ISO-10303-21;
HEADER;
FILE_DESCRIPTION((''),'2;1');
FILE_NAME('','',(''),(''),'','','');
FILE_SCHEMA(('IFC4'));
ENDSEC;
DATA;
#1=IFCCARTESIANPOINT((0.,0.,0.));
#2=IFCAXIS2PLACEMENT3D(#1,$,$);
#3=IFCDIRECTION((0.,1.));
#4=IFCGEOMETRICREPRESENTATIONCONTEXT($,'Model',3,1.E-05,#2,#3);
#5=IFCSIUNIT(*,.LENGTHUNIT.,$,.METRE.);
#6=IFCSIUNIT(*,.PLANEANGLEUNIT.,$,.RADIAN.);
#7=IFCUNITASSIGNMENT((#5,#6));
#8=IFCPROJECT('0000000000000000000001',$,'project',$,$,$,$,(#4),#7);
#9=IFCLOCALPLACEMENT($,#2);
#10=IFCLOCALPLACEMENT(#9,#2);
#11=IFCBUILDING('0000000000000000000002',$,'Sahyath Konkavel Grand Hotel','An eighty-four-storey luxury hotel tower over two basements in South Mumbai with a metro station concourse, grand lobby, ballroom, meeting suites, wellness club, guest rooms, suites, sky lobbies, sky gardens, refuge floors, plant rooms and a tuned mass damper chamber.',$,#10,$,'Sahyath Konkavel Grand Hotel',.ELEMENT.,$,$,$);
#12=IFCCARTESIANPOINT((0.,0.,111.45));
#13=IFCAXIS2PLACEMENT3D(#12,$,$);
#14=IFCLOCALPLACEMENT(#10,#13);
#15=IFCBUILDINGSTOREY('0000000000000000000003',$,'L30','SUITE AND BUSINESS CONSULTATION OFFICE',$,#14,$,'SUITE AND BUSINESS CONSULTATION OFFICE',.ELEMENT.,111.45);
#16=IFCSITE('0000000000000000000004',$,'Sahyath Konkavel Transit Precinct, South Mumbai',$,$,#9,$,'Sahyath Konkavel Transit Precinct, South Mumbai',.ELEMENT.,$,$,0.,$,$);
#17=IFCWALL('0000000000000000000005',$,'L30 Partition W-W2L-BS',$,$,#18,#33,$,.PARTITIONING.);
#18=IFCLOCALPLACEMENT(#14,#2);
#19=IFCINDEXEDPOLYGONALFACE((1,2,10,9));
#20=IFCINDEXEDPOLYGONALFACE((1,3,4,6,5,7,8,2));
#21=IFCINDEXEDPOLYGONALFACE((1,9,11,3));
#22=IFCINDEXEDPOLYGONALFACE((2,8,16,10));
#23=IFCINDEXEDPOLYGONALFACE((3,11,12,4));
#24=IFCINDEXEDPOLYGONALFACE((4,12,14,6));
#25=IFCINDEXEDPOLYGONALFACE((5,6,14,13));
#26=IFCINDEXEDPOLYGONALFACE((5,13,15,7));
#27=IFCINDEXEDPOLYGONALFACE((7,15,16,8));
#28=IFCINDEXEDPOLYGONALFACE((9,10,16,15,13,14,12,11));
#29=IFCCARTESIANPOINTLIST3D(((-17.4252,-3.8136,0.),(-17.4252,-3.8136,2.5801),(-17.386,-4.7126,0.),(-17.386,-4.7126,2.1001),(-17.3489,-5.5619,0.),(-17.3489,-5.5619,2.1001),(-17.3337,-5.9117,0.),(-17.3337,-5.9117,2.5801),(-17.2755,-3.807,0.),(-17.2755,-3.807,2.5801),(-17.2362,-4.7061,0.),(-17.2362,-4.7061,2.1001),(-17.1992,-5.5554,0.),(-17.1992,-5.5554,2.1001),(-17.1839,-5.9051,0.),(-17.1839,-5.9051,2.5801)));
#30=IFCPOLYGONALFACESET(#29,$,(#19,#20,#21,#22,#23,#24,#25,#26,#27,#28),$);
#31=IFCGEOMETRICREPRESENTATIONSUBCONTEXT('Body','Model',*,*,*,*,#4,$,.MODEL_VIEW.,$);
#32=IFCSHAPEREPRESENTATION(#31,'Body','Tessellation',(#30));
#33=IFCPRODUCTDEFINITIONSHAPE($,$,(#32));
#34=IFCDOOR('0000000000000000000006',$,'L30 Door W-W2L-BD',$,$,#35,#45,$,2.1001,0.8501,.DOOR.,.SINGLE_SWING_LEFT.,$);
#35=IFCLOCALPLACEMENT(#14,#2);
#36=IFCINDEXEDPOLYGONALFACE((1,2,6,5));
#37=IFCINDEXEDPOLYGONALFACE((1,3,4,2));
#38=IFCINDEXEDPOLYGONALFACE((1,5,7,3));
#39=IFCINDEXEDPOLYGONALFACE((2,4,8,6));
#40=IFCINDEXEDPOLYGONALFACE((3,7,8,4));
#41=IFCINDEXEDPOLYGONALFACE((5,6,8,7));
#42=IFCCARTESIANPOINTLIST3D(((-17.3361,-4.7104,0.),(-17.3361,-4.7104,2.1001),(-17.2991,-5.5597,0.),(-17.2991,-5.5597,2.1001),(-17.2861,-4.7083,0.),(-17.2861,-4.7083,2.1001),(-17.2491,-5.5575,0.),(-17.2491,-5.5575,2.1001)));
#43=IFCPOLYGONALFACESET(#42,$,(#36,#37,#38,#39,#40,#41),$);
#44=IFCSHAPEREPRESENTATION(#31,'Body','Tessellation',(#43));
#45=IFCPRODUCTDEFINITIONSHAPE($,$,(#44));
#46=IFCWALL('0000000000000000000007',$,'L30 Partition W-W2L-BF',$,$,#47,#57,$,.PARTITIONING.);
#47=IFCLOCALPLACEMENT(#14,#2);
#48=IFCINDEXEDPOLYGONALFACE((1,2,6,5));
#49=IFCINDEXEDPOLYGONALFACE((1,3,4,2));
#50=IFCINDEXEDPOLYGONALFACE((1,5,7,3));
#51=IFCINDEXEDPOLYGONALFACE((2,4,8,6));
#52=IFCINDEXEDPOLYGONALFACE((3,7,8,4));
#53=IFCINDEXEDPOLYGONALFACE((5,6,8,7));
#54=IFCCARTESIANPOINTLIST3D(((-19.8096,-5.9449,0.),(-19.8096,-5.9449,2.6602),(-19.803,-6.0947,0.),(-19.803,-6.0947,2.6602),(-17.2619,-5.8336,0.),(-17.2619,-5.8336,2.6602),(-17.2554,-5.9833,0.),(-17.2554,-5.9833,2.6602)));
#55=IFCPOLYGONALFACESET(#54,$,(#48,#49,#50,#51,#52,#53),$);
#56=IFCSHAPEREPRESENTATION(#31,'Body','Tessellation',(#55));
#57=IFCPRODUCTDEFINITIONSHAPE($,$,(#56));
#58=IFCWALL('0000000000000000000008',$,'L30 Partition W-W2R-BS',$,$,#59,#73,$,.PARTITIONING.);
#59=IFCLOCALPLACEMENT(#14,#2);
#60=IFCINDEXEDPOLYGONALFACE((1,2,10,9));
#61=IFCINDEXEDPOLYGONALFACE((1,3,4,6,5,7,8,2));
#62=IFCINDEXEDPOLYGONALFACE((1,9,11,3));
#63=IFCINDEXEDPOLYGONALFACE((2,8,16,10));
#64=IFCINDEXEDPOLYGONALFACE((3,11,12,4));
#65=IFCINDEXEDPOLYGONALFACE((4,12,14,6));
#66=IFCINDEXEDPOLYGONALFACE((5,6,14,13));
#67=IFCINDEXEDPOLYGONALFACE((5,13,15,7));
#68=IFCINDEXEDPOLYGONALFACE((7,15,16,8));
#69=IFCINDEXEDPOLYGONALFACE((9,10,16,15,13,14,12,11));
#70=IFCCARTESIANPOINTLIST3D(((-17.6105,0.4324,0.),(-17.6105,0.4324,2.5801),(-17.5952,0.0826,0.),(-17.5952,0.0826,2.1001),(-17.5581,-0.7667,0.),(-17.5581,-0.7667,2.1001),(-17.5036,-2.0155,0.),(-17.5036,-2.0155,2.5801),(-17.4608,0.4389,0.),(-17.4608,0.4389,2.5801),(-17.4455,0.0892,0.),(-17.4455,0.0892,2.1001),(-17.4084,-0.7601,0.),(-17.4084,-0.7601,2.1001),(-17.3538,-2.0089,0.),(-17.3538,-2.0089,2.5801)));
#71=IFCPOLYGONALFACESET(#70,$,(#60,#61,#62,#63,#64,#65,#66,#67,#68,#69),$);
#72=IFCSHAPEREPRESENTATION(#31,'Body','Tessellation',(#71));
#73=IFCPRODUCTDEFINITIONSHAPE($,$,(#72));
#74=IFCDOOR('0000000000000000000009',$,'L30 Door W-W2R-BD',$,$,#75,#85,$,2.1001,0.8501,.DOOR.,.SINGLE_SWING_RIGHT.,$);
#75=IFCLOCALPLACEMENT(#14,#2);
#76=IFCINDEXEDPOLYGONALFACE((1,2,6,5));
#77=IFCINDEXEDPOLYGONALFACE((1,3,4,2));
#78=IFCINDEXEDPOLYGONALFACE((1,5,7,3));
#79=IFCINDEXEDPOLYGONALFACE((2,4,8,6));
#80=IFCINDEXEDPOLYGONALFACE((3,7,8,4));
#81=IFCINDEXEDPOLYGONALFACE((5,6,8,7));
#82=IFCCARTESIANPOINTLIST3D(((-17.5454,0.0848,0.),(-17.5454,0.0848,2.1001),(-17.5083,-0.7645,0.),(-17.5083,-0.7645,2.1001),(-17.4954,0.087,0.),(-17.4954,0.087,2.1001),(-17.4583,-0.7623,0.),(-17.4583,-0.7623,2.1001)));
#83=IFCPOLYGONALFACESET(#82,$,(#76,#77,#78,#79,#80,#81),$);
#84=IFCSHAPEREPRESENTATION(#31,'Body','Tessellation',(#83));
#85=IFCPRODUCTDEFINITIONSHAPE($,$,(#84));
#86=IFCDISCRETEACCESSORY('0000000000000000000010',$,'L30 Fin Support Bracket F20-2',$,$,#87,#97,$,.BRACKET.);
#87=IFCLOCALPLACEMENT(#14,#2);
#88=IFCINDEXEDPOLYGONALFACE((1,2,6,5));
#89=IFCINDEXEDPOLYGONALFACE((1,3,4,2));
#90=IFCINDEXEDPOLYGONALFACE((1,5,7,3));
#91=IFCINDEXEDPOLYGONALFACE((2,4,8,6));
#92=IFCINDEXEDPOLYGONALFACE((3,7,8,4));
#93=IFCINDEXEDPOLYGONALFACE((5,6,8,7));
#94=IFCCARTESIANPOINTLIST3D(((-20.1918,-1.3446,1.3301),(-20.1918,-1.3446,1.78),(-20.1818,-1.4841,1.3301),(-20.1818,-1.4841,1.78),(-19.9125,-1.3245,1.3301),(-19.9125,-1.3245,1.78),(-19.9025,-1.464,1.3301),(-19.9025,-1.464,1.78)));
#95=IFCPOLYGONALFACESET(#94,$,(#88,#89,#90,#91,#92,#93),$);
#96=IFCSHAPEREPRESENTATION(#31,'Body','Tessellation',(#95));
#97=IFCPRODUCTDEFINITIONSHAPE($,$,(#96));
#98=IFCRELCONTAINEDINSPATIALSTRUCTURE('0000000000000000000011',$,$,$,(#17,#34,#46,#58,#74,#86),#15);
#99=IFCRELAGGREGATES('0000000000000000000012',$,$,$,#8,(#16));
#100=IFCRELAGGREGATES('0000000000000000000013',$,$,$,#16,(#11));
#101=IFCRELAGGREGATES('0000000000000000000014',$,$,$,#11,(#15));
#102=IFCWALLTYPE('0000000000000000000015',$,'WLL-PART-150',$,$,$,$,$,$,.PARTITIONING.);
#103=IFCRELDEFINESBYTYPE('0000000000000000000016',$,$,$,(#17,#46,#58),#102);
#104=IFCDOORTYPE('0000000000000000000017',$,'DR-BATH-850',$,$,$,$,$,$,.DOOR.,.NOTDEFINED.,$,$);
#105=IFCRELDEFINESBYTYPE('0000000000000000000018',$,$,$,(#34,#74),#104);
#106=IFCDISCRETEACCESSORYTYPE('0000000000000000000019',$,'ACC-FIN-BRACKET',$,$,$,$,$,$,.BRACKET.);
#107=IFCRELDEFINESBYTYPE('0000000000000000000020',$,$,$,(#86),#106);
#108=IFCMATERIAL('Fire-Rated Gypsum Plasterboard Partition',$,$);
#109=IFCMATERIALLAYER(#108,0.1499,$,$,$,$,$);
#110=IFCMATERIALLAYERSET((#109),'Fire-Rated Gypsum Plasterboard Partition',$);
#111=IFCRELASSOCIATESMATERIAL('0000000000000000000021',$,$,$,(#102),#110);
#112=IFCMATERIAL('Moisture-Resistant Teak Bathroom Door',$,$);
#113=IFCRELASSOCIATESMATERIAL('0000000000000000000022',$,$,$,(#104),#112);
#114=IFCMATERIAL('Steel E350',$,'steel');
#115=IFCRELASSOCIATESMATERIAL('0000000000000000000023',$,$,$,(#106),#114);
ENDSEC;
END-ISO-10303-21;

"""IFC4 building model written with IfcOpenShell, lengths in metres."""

from ifc_helpers import new_model, si_unit, direction, frame, frame_2d, origin, origin_2d, place, context, subcontext, project, spatial, rectangle, extrude, source, transform, mapped, material, layer, layer_set, type_object, element, fill, save


model = new_model("IFC4")

# Units and contexts
model_context = context("Model", 3, precision=1e-05, world=origin(), true_north=direction((0.0, 1.0)))
body_context = subcontext(model_context, "Body", "Model", "MODEL_VIEW")
ifc_project = project(units=[si_unit("LENGTHUNIT", "METRE"), si_unit("PLANEANGLEUNIT", "RADIAN")], contexts=[model_context])

# Site, building, storey
site_placement = place(None, origin())
site = spatial("IfcSite", under=ifc_project, at=site_placement, Name="Sahyath Konkavel Transit Precinct, South Mumbai", LongName="Sahyath Konkavel Transit Precinct, South Mumbai", CompositionType="ELEMENT", RefElevation=0.0)
building_placement = place(site_placement, origin())
building = spatial("IfcBuilding", under=site, at=building_placement, Name="Sahyath Konkavel Grand Hotel", Description="An eighty-four-storey luxury hotel tower over two basements in South Mumbai with a metro station concourse, grand lobby, ballroom, meeting suites, wellness club, guest rooms, suites, sky lobbies, sky gardens, refuge floors, plant rooms and a tuned mass damper chamber.", LongName="Sahyath Konkavel Grand Hotel", CompositionType="ELEMENT")
storey_placement = place(building_placement, frame((0.0, 0.0, 111.45)))
storey = spatial("IfcBuildingStorey", under=building, at=storey_placement, Name="L30", Description="SUITE AND BUSINESS CONSULTATION OFFICE", LongName="SUITE AND BUSINESS CONSULTATION OFFICE", CompositionType="ELEMENT", Elevation=111.45)

# Shared definitions
ifc_material_1 = material(Name="Steel E350", Category="steel")

# Wall, opening, door
ifc_material_2 = material(Name="Fire-Rated Gypsum Plasterboard Partition")
ifc_layer_1 = layer(ifc_material_2, 0.1499)
ifc_layer_set_1 = layer_set([ifc_layer_1], Name="Fire-Rated Gypsum Plasterboard Partition")
wall_type_1 = type_object("IfcWallType", Name="WLL-PART-150", PredefinedType="PARTITIONING", material=ifc_layer_set_1)
wall_1_placement = place(storey_placement, frame((-17.3503, -3.8103, 0.0), z_axis=(0.0, 0.0, 1.0), x_axis=(0.043594, -0.999049, 0.0)))
wall_1 = element("IfcWall", 1, at=wall_1_placement, inside=storey, type_object=wall_type_1, Name="L30 Partition W-W2L-BS", PredefinedType="PARTITIONING", context=body_context, shape_type="SweptSolid", body=[
    extrude(rectangle(XDim=2.1001, YDim=0.1499, at=frame_2d((1.05, 0.0))), origin(), (0.0, 0.0, 1.0), 2.5801),
])
opening_1_placement = place(wall_1_placement, frame((0.8999, 0.0, 0.0)))
opening_1 = element("IfcOpeningElement", 2, at=opening_1_placement, cuts=wall_1, PredefinedType="OPENING", context=body_context, shape_type="SweptSolid", body=[
    extrude(rectangle(XDim=0.8501, YDim=2.1001, at=frame_2d((0.425, 1.05))), frame((0.0, 0.085, 0.0), z_axis=(0.0, -1.0, 0.0), x_axis=(1.0, 0.0, 0.0)), (0.0, 0.0, 1.0), 0.1699),
])
ifc_material_3 = material(Name="Moisture-Resistant Teak Bathroom Door")
door_type = type_object("IfcDoorType", Name="DR-BATH-850", OperationType="NOTDEFINED", PredefinedType="DOOR", material=ifc_material_3)
shared_shape_1 = source(origin(), body_context, "Body", "SweptSolid", [
    extrude(rectangle(XDim=0.8501, YDim=0.05, at=origin_2d()), origin(), (0.0, 0.0, 1.0), 2.1001),
])
door_1_placement = place(opening_1_placement, frame((0.425, 0.0, 0.0)))
door_1 = element("IfcDoor", 3, at=door_1_placement, inside=storey, type_object=door_type, Name="L30 Door W-W2L-BD", OperationType="SINGLE_SWING_LEFT", OverallHeight=2.1001, OverallWidth=0.8501, PredefinedType="DOOR", context=body_context, shape_type="MappedRepresentation", body=[
    mapped(shared_shape_1, transform((0.0, 0.0, 0.0), scale=1.0)),
])
fill(opening_1, door_1)

# Wall
wall_2_placement = place(storey_placement, frame((-17.2588, -5.9084, 0.0), z_axis=(0.0, 0.0, 1.0), x_axis=(-0.999047, -0.043657, 0.0)))
element("IfcWall", 4, at=wall_2_placement, inside=storey, type_object=wall_type_1, Name="L30 Partition W-W2L-BF", PredefinedType="PARTITIONING", context=body_context, shape_type="SweptSolid", body=[
    extrude(rectangle(XDim=2.55, YDim=0.1499, at=frame_2d((1.2749, 0.0))), origin(), (0.0, 0.0, 1.0), 2.6602),
])

# Wall, opening, door
wall_3_placement = place(storey_placement, frame((-17.4287, -2.0122, 0.0), z_axis=(0.0, 0.0, 1.0), x_axis=(-0.043645, 0.999047, 0.0)))
wall_3 = element("IfcWall", 5, at=wall_3_placement, inside=storey, type_object=wall_type_1, Name="L30 Partition W-W2R-BS", PredefinedType="PARTITIONING", context=body_context, shape_type="SweptSolid", body=[
    extrude(rectangle(XDim=2.4502, YDim=0.1499, at=frame_2d((1.2251, 0.0))), origin(), (0.0, 0.0, 1.0), 2.5801),
])
opening_2_placement = place(wall_3_placement, frame((1.25, 0.0, 0.0)))
opening_2 = element("IfcOpeningElement", 6, at=opening_2_placement, cuts=wall_3, PredefinedType="OPENING", context=body_context, shape_type="SweptSolid", body=[
    extrude(rectangle(XDim=0.8501, YDim=2.1001, at=frame_2d((0.425, 1.05))), frame((0.0, 0.085, 0.0), z_axis=(0.0, -1.0, 0.0), x_axis=(1.0, 0.0, 0.0)), (0.0, 0.0, 1.0), 0.1699),
])
door_2_placement = place(opening_2_placement, frame((0.425, 0.0, 0.0)))
door_2 = element("IfcDoor", 7, at=door_2_placement, inside=storey, type_object=door_type, Name="L30 Door W-W2R-BD", OperationType="SINGLE_SWING_RIGHT", OverallHeight=2.1001, OverallWidth=0.8501, PredefinedType="DOOR", context=body_context, shape_type="MappedRepresentation", body=[
    mapped(shared_shape_1, transform((0.0, 0.0, 0.0), scale=1.0)),
])
fill(opening_2, door_2)

# Discrete accessory
discrete_accessory_type = type_object("IfcDiscreteAccessoryType", Name="ACC-FIN-BRACKET", PredefinedType="BRACKET", material=ifc_material_1)
shared_shape_2 = source(origin(), body_context, "Body", "SweptSolid", [
    extrude(rectangle(XDim=0.28, YDim=0.1399, at=origin_2d()), origin(), (0.0, 0.0, 1.0), 0.45),
])
discrete_accessory_placement = place(storey_placement, frame((-20.0471, -1.4043, 1.3301), z_axis=(0.0, 0.0, 1.0), x_axis=(-0.997436, -0.071567, 0.0)))
element("IfcDiscreteAccessory", 8, at=discrete_accessory_placement, inside=storey, type_object=discrete_accessory_type, Name="L30 Fin Support Bracket F20-2", PredefinedType="BRACKET", context=body_context, shape_type="MappedRepresentation", body=[
    mapped(shared_shape_2, transform((0.0, 0.0, 0.0), scale=1.0)),
])

save(model, "model.ifc")
